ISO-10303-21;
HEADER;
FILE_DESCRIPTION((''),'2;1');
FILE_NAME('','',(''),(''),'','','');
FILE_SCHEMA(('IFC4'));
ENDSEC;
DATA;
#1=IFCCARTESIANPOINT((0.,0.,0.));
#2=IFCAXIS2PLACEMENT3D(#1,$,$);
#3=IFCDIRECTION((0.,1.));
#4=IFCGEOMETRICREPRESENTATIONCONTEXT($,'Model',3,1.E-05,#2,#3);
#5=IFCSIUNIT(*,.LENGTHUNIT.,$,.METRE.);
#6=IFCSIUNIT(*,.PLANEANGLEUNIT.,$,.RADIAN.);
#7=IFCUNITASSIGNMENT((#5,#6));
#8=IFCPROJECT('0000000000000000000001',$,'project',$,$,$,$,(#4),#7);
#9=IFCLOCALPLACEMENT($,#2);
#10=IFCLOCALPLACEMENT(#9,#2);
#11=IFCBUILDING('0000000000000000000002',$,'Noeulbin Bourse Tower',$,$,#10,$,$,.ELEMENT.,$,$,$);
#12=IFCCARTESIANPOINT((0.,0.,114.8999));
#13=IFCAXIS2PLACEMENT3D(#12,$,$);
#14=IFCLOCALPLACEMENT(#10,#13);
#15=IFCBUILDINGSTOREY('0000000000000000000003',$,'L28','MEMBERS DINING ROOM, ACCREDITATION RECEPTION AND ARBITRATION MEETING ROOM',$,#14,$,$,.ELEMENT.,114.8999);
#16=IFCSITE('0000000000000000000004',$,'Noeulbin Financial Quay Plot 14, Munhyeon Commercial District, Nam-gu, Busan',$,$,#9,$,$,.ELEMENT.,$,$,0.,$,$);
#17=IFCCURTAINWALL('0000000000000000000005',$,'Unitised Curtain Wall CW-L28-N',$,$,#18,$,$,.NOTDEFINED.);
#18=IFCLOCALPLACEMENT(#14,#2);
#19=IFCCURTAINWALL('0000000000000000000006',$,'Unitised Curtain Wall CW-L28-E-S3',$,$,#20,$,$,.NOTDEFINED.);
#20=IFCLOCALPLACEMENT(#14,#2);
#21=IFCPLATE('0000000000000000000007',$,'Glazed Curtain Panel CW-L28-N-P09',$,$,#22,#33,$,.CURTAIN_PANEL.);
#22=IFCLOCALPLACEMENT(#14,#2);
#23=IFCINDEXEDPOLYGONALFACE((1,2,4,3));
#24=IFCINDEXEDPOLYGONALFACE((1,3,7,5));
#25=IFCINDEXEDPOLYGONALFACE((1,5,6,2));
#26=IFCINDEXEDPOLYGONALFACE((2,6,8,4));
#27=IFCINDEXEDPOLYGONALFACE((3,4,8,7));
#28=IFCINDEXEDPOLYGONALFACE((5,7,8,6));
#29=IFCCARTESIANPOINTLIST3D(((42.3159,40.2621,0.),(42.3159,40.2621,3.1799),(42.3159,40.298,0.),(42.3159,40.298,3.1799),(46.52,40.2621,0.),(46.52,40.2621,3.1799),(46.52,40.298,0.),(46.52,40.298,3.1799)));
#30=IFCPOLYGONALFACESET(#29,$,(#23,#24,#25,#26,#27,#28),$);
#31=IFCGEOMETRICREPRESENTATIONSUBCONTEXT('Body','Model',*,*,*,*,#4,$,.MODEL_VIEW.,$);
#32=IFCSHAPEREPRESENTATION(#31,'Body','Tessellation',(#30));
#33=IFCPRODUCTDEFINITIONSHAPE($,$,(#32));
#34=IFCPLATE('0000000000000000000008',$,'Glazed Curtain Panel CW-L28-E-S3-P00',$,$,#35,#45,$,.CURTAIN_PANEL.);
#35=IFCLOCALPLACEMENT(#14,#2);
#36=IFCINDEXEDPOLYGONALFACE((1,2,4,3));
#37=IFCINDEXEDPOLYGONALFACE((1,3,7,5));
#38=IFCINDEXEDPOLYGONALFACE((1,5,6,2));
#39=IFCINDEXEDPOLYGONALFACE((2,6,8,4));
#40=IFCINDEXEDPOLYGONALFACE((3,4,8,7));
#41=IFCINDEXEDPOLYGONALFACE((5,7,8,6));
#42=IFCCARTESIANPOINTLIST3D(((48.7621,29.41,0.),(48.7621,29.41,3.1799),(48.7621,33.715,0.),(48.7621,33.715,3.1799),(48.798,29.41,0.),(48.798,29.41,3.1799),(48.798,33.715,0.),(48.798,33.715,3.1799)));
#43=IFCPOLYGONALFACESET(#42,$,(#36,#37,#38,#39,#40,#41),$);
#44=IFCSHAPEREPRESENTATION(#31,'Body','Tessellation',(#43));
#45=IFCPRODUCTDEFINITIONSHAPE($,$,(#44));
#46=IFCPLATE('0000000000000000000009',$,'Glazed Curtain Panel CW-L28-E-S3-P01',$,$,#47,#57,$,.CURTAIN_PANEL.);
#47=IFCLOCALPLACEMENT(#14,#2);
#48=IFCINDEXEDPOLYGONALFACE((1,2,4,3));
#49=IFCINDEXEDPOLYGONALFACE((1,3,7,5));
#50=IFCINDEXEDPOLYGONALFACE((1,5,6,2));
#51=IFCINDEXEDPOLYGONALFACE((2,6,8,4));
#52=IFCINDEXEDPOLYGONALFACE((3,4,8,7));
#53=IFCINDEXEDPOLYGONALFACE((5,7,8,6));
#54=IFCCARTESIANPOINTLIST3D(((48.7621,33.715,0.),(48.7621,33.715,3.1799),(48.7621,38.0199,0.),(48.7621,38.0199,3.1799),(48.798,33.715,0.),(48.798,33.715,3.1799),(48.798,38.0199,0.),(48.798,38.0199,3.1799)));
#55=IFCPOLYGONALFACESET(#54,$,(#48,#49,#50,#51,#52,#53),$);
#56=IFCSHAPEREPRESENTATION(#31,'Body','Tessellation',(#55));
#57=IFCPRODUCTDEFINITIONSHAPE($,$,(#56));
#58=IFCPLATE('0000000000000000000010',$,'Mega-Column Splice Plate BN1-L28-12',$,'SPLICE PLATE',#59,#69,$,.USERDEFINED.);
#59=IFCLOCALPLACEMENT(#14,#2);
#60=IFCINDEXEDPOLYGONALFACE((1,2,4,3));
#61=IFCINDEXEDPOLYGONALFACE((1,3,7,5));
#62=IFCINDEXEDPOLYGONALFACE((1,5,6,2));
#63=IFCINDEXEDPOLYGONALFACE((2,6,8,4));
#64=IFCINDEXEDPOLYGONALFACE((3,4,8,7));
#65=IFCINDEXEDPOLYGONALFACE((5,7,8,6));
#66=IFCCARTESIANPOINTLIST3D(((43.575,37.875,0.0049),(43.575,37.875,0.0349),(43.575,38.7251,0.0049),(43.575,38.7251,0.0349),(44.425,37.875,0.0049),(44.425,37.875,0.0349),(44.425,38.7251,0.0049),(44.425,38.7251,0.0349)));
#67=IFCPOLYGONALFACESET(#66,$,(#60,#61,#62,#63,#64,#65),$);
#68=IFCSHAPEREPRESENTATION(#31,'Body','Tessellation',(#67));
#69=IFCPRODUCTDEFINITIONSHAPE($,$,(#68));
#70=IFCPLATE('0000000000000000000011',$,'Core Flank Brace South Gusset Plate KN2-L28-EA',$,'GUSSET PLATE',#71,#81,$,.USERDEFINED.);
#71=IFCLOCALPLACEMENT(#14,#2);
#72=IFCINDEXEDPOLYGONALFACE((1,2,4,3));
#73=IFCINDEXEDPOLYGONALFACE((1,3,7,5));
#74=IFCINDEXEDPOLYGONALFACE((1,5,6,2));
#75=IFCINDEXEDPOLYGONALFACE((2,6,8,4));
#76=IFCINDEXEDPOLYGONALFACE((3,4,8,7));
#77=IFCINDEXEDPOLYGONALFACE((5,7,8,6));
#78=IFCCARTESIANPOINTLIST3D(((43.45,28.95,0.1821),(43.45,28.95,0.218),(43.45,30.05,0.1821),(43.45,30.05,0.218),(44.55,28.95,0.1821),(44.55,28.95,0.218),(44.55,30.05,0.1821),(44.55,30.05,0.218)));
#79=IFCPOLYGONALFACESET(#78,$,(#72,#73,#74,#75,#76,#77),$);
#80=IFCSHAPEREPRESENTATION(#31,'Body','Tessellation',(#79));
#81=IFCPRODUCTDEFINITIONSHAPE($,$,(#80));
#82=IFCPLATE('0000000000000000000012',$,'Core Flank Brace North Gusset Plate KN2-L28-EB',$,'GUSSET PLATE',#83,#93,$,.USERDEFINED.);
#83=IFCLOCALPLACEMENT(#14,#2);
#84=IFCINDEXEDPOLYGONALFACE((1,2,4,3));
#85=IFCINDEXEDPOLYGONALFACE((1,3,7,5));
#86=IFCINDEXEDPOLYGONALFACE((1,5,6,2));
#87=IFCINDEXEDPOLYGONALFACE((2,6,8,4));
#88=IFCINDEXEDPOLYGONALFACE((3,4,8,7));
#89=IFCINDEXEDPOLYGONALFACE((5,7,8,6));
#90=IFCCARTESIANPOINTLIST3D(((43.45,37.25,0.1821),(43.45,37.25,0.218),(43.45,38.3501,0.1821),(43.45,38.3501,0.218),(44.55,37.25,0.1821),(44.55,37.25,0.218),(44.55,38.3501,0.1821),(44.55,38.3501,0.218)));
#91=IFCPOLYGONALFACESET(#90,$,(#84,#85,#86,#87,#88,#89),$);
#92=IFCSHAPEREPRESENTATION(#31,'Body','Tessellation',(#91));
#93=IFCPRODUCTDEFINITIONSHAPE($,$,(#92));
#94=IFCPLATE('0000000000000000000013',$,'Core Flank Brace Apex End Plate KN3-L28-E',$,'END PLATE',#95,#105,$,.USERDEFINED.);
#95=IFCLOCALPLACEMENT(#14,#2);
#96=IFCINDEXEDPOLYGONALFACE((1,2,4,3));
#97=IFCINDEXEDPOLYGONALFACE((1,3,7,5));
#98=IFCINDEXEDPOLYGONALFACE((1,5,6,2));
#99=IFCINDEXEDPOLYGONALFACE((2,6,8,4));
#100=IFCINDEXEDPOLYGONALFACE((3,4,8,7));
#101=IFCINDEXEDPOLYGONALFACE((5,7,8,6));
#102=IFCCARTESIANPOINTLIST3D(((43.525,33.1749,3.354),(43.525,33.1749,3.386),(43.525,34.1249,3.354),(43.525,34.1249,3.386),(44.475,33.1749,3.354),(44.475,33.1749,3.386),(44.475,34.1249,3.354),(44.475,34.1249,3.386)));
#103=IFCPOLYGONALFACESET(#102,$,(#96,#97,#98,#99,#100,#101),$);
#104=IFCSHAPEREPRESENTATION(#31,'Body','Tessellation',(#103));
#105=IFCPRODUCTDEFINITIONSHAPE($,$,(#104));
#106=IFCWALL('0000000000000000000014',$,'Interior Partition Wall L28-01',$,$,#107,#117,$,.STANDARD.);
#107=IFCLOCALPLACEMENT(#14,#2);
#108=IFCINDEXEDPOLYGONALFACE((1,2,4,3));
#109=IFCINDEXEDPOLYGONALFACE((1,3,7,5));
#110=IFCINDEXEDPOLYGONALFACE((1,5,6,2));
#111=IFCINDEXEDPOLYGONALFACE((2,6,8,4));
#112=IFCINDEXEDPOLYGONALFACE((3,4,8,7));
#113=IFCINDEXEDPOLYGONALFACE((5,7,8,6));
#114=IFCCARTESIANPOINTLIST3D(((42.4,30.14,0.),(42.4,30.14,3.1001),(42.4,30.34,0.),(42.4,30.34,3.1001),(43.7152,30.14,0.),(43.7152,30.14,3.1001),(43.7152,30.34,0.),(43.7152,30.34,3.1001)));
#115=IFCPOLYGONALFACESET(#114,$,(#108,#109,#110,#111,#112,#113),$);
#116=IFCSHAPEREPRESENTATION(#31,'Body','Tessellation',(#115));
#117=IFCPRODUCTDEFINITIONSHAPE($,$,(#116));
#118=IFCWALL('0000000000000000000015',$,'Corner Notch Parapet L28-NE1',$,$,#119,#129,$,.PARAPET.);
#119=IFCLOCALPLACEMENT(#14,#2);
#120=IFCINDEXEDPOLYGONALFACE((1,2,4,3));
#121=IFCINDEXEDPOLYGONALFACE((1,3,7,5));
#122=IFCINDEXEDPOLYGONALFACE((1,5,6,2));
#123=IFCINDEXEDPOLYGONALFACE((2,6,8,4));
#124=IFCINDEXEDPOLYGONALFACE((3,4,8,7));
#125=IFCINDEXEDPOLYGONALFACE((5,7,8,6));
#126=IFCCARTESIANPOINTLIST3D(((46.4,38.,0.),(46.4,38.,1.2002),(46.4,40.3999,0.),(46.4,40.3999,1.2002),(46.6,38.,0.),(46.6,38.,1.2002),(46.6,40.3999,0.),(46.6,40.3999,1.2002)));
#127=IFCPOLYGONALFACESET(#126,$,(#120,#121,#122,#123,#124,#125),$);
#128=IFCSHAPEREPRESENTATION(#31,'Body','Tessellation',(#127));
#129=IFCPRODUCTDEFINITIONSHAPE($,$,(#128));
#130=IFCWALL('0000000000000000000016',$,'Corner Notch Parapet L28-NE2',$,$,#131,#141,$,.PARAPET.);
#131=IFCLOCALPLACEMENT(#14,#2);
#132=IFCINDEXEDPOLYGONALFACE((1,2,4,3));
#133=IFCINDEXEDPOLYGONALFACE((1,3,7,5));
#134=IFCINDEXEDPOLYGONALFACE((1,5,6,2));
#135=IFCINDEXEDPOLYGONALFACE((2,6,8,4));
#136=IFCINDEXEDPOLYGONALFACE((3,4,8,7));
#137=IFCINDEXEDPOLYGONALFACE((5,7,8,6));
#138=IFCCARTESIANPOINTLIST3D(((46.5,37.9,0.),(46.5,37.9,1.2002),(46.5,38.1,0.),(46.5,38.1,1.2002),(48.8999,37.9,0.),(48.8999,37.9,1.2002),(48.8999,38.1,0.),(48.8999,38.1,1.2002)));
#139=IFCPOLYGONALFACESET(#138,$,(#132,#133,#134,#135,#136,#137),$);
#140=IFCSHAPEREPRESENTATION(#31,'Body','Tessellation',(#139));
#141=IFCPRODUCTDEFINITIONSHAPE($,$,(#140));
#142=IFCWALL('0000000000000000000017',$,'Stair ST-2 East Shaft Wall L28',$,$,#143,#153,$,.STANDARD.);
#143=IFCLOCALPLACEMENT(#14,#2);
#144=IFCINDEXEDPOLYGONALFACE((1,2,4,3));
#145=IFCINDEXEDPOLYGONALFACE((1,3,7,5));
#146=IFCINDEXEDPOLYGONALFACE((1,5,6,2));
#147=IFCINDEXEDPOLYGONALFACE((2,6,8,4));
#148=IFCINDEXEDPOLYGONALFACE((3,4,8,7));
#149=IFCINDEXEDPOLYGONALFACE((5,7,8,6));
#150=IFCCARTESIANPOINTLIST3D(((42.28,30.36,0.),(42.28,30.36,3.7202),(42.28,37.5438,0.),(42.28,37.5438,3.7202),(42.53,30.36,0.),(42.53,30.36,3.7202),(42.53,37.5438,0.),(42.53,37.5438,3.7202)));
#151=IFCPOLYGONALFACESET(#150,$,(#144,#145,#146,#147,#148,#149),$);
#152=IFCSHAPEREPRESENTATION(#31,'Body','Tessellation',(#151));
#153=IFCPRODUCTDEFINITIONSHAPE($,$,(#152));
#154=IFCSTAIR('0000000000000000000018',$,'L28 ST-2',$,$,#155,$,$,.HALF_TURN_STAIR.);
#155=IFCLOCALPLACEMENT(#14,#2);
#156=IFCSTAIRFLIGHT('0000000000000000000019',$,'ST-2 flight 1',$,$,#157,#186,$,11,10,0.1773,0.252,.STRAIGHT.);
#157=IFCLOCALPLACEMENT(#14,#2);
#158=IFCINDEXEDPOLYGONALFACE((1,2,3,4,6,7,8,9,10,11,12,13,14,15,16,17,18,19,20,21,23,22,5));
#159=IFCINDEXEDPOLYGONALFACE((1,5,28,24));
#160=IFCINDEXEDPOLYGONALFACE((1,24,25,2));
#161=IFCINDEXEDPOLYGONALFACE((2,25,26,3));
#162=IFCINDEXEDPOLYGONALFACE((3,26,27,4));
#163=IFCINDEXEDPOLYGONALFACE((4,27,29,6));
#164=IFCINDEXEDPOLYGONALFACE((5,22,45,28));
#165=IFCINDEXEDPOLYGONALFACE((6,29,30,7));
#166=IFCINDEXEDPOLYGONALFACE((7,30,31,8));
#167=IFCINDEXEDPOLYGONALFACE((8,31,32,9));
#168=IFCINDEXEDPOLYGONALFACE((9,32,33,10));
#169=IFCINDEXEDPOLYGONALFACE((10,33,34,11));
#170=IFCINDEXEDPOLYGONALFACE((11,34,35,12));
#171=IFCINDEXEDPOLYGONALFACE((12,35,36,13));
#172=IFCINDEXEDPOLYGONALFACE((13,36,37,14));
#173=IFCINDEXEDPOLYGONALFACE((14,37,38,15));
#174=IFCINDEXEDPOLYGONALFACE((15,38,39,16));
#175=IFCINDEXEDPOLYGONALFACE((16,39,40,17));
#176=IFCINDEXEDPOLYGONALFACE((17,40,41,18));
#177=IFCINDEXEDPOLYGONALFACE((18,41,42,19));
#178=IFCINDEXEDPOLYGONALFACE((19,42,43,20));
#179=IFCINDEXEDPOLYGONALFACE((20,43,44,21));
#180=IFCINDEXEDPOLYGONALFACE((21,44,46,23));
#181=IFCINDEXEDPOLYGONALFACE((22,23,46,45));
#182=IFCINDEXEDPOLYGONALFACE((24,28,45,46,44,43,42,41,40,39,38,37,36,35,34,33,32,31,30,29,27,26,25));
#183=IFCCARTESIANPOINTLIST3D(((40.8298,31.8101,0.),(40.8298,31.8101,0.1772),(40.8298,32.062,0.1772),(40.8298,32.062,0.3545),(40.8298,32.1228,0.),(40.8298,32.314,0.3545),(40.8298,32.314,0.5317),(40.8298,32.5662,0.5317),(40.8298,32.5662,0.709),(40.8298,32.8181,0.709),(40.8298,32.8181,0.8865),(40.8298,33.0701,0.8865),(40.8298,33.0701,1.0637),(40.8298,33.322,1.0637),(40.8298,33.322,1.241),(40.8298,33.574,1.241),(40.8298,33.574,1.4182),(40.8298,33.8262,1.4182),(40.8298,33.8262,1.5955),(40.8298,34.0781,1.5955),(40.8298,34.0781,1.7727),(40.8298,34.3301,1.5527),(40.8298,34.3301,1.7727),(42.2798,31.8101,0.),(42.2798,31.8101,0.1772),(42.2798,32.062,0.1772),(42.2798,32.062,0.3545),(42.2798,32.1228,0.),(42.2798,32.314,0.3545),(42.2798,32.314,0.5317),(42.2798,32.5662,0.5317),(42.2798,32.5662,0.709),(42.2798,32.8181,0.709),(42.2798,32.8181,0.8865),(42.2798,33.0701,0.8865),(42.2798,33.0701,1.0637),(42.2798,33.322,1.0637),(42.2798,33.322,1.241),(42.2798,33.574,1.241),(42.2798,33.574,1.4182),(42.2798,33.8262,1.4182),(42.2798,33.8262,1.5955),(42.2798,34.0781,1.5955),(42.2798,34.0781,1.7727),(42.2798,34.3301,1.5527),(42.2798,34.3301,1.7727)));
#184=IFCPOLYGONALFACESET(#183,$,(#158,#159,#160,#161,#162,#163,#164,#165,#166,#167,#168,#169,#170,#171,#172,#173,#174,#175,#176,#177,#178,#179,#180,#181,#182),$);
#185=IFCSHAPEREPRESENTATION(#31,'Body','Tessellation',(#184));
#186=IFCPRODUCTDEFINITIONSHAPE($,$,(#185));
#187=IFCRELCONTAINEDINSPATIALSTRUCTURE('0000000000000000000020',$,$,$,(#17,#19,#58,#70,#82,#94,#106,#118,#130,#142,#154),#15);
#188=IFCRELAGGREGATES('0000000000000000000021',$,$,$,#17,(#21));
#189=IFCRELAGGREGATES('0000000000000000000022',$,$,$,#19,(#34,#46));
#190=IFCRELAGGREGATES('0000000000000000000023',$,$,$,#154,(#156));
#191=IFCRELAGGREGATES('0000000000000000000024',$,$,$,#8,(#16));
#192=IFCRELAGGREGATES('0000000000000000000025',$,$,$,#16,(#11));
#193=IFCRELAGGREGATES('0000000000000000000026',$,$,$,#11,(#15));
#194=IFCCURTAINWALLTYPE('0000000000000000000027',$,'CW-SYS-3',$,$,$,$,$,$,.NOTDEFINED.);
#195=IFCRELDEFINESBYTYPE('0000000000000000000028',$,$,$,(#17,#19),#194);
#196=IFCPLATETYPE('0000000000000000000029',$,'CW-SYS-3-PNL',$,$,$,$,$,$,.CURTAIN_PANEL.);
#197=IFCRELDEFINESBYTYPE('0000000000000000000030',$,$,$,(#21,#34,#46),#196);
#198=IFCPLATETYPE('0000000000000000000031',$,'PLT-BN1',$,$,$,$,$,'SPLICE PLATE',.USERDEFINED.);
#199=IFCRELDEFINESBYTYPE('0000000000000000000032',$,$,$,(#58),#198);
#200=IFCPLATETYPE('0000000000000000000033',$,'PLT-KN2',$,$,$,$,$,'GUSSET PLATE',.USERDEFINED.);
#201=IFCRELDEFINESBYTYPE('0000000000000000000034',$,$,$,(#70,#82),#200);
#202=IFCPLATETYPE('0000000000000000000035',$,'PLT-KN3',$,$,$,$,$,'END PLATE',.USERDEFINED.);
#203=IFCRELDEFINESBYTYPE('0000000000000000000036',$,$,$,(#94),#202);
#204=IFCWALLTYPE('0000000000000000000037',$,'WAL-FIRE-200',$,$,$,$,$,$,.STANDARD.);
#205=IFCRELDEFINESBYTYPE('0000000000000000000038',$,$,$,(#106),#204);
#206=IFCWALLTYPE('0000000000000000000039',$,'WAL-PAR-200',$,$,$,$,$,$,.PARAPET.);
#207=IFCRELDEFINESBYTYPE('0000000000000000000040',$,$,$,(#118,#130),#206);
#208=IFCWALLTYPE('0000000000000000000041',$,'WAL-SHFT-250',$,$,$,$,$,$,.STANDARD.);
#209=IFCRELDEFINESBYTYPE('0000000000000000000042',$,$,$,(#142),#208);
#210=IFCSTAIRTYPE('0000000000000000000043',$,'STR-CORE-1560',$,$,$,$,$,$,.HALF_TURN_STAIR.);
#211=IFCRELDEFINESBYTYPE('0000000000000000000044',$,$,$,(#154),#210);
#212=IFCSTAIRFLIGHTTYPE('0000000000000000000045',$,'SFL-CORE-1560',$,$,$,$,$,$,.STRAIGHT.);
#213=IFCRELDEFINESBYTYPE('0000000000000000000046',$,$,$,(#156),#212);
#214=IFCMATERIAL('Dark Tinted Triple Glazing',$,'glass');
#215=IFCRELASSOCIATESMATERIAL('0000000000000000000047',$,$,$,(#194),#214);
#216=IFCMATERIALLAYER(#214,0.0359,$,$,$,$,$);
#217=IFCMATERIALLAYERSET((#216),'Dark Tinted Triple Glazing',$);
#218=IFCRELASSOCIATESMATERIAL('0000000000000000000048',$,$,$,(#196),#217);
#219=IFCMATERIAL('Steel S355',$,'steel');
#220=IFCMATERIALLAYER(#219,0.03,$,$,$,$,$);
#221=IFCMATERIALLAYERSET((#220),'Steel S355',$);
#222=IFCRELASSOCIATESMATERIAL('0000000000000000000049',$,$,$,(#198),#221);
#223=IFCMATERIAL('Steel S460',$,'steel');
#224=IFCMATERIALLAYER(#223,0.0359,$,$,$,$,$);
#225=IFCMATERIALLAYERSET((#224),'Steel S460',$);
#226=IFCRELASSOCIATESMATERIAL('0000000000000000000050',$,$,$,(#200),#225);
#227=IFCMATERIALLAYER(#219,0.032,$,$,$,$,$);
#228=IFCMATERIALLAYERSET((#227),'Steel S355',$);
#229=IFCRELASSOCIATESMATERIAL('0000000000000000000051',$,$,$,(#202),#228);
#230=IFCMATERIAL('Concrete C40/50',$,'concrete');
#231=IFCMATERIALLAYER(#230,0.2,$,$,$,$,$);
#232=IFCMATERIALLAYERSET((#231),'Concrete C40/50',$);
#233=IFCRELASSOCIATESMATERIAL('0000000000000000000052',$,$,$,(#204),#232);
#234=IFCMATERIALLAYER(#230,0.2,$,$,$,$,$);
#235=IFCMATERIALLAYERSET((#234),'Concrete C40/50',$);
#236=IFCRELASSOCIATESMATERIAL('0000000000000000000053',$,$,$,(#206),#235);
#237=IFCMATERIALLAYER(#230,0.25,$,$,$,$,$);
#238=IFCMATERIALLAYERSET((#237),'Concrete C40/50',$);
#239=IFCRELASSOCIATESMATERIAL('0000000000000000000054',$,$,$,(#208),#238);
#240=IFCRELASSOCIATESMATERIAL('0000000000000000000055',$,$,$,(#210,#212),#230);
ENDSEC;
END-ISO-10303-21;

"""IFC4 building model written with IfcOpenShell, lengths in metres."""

from ifc_helpers import new_model, si_unit, direction, frame, frame_2d, origin, origin_2d, place, context, subcontext, project, spatial, polyline, rectangle, outline, extrude, material, layer, layer_set, type_object, element, aggregate, save


model = new_model("IFC4")

# Units and contexts
model_context = context("Model", 3, precision=1e-05, world=origin(), true_north=direction((0.0, 1.0)))
body_context = subcontext(model_context, "Body", "Model", "MODEL_VIEW")
ifc_project = project(units=[si_unit("LENGTHUNIT", "METRE"), si_unit("PLANEANGLEUNIT", "RADIAN")], contexts=[model_context])

# Site, building, storey
site_placement = place(None, origin())
site = spatial("IfcSite", under=ifc_project, at=site_placement, Name="Noeulbin Financial Quay Plot 14, Munhyeon Commercial District, Nam-gu, Busan", CompositionType="ELEMENT", RefElevation=0.0)
building_placement = place(site_placement, origin())
building = spatial("IfcBuilding", under=site, at=building_placement, Name="Noeulbin Bourse Tower", CompositionType="ELEMENT")
storey_placement = place(building_placement, frame((0.0, 0.0, 114.8999)))
storey = spatial("IfcBuildingStorey", under=building, at=storey_placement, Name="L28", Description="MEMBERS DINING ROOM, ACCREDITATION RECEPTION AND ARBITRATION MEETING ROOM", CompositionType="ELEMENT", Elevation=114.8999)

# Shared definitions
ifc_material_1 = material(Name="Steel S460", Category="steel")

# Curtain walls
ifc_material_2 = material(Name="Dark Tinted Triple Glazing", Category="glass")
curtain_wall_type = type_object("IfcCurtainWallType", Name="CW-SYS-3", PredefinedType="NOTDEFINED", material=ifc_material_2)
curtain_wall_1_placement = place(storey_placement, origin())
curtain_wall_1 = element("IfcCurtainWall", 1, at=curtain_wall_1_placement, inside=storey, type_object=curtain_wall_type, Name="Unitised Curtain Wall CW-L28-N", PredefinedType="NOTDEFINED")
curtain_wall_2_placement = place(storey_placement, origin())
curtain_wall_2 = element("IfcCurtainWall", 2, at=curtain_wall_2_placement, inside=storey, type_object=curtain_wall_type, Name="Unitised Curtain Wall CW-L28-E-S3", PredefinedType="NOTDEFINED")

# Shared definitions
ifc_material_3 = material(Name="Steel S355", Category="steel")

# Plates
ifc_layer_1 = layer(ifc_material_2, 0.0359)
ifc_layer_set_1 = layer_set([ifc_layer_1], Name="Dark Tinted Triple Glazing")
plate_type_1 = type_object("IfcPlateType", Name="CW-SYS-3-PNL", PredefinedType="CURTAIN_PANEL", material=ifc_layer_set_1)
plate_1_placement = place(storey_placement, frame((44.418, 40.28, 0.0), z_axis=(0.0, 0.0, 1.0), x_axis=(1.0, 0.0, 0.0)))
plate_1 = element("IfcPlate", 3, at=plate_1_placement, type_object=plate_type_1, Name="Glazed Curtain Panel CW-L28-N-P09", PredefinedType="CURTAIN_PANEL", context=body_context, shape_type="SweptSolid", body=[
    extrude(rectangle(XDim=4.2041, YDim=0.0359, at=origin_2d()), origin(), (0.0, 0.0, 1.0), 3.1799),
])
aggregate(curtain_wall_1, [plate_1])
plate_2_placement = place(storey_placement, frame((48.78, 31.5625, 0.0), z_axis=(0.0, 0.0, 1.0), x_axis=(0.0, 1.0, 0.0)))
plate_2 = element("IfcPlate", 4, at=plate_2_placement, type_object=plate_type_1, Name="Glazed Curtain Panel CW-L28-E-S3-P00", PredefinedType="CURTAIN_PANEL", context=body_context, shape_type="SweptSolid", body=[
    extrude(rectangle(XDim=4.3049, YDim=0.0359, at=origin_2d()), origin(), (0.0, 0.0, 1.0), 3.1799),
])
plate_3_placement = place(storey_placement, frame((48.78, 35.8674, 0.0), z_axis=(0.0, 0.0, 1.0), x_axis=(0.0, 1.0, 0.0)))
plate_3 = element("IfcPlate", 5, at=plate_3_placement, type_object=plate_type_1, Name="Glazed Curtain Panel CW-L28-E-S3-P01", PredefinedType="CURTAIN_PANEL", context=body_context, shape_type="SweptSolid", body=[
    extrude(rectangle(XDim=4.3049, YDim=0.0359, at=origin_2d()), origin(), (0.0, 0.0, 1.0), 3.1799),
])
aggregate(curtain_wall_2, [plate_2, plate_3])

# Plates
ifc_layer_2 = layer(ifc_material_3, 0.03)
ifc_layer_set_2 = layer_set([ifc_layer_2], Name="Steel S355")
plate_type_2 = type_object("IfcPlateType", Name="PLT-BN1", ElementType="SPLICE PLATE", PredefinedType="USERDEFINED", material=ifc_layer_set_2)
plate_4_placement = place(storey_placement, frame((44.0, 38.3, 0.0049), z_axis=(0.0, 0.0, 1.0), x_axis=(1.0, 0.0, 0.0)))
element("IfcPlate", 6, at=plate_4_placement, inside=storey, type_object=plate_type_2, Name="Mega-Column Splice Plate BN1-L28-12", ObjectType="SPLICE PLATE", PredefinedType="USERDEFINED", context=body_context, shape_type="SweptSolid", body=[
    extrude(rectangle(XDim=0.8501, YDim=0.8501, at=origin_2d()), origin(), (0.0, 0.0, 1.0), 0.03),
])
ifc_layer_3 = layer(ifc_material_1, 0.0359)
ifc_layer_set_3 = layer_set([ifc_layer_3], Name="Steel S460")
plate_type_3 = type_object("IfcPlateType", Name="PLT-KN2", ElementType="GUSSET PLATE", PredefinedType="USERDEFINED", material=ifc_layer_set_3)
for number, where, z_axis, x_axis, name in (
    (7, (44.0, 29.5, 0.1821), (0.0, 0.0, 1.0), (1.0, 0.0, 0.0), "Core Flank Brace South Gusset Plate KN2-L28-EA"),
    (8, (44.0, 37.8, 0.1821), (0.0, 0.0, 1.0), (1.0, 0.0, 0.0), "Core Flank Brace North Gusset Plate KN2-L28-EB"),
):
    element("IfcPlate", number, at=place(storey_placement, frame(where, z_axis=z_axis, x_axis=x_axis)), inside=storey, type_object=plate_type_3, Name=name, ObjectType="GUSSET PLATE", PredefinedType="USERDEFINED", context=body_context, shape_type="SweptSolid", body=[
        extrude(rectangle(XDim=1.1001, YDim=1.1001, at=origin_2d()), origin(), (0.0, 0.0, 1.0), 0.0359),
    ])
ifc_layer_4 = layer(ifc_material_3, 0.032)
ifc_layer_set_4 = layer_set([ifc_layer_4], Name="Steel S355")
plate_type_4 = type_object("IfcPlateType", Name="PLT-KN3", ElementType="END PLATE", PredefinedType="USERDEFINED", material=ifc_layer_set_4)
plate_5_placement = place(storey_placement, frame((44.0, 33.6499, 3.354), z_axis=(0.0, 0.0, 1.0), x_axis=(1.0, 0.0, 0.0)))
element("IfcPlate", 9, at=plate_5_placement, inside=storey, type_object=plate_type_4, Name="Core Flank Brace Apex End Plate KN3-L28-E", ObjectType="END PLATE", PredefinedType="USERDEFINED", context=body_context, shape_type="SweptSolid", body=[
    extrude(rectangle(XDim=0.95, YDim=0.95, at=origin_2d()), origin(), (0.0, 0.0, 1.0), 0.032),
])

# Walls
ifc_material_4 = material(Name="Concrete C40/50", Category="concrete")
ifc_layer_5 = layer(ifc_material_4, 0.2)
ifc_layer_set_5 = layer_set([ifc_layer_5], Name="Concrete C40/50")
wall_type_1 = type_object("IfcWallType", Name="WAL-FIRE-200", PredefinedType="STANDARD", material=ifc_layer_set_5)
wall_1_placement = place(storey_placement, frame((42.3999, 30.24, 0.0), z_axis=(0.0, 0.0, 1.0), x_axis=(1.0, 0.0, 0.0)))
element("IfcWall", 10, at=wall_1_placement, inside=storey, type_object=wall_type_1, Name="Interior Partition Wall L28-01", PredefinedType="STANDARD", context=body_context, shape_type="SweptSolid", body=[
    extrude(rectangle(XDim=1.3152, YDim=0.2, at=frame_2d((0.6577, 0.0))), origin(), (0.0, 0.0, 1.0), 3.1001),
])
ifc_layer_6 = layer(ifc_material_4, 0.2)
ifc_layer_set_6 = layer_set([ifc_layer_6], Name="Concrete C40/50")
wall_type_2 = type_object("IfcWallType", Name="WAL-PAR-200", PredefinedType="PARAPET", material=ifc_layer_set_6)
for number, where, z_axis, x_axis, name in (
    (11, (46.5, 40.3999, 0.0), (0.0, 0.0, 1.0), (0.0, -1.0, 0.0), "Corner Notch Parapet L28-NE1"),
    (12, (46.5, 38.0, 0.0), (0.0, 0.0, 1.0), (1.0, 0.0, 0.0), "Corner Notch Parapet L28-NE2"),
):
    element("IfcWall", number, at=place(storey_placement, frame(where, z_axis=z_axis, x_axis=x_axis)), inside=storey, type_object=wall_type_2, Name=name, PredefinedType="PARAPET", context=body_context, shape_type="SweptSolid", body=[
        extrude(rectangle(XDim=2.3999, YDim=0.2, at=frame_2d((1.2, 0.0))), origin(), (0.0, 0.0, 1.0), 1.2002),
    ])
ifc_layer_7 = layer(ifc_material_4, 0.25)
ifc_layer_set_7 = layer_set([ifc_layer_7], Name="Concrete C40/50")
wall_type_3 = type_object("IfcWallType", Name="WAL-SHFT-250", PredefinedType="STANDARD", material=ifc_layer_set_7)
wall_2_placement = place(storey_placement, frame((42.405, 30.3601, 0.0), z_axis=(0.0, 0.0, 1.0), x_axis=(0.0, 1.0, 0.0)))
element("IfcWall", 13, at=wall_2_placement, inside=storey, type_object=wall_type_3, Name="Stair ST-2 East Shaft Wall L28", PredefinedType="STANDARD", context=body_context, shape_type="SweptSolid", body=[
    extrude(rectangle(XDim=7.1838, YDim=0.25, at=frame_2d((3.5918, 0.0))), origin(), (0.0, 0.0, 1.0), 3.7202),
])

# Stair, stair flight
stair_type = type_object("IfcStairType", Name="STR-CORE-1560", PredefinedType="HALF_TURN_STAIR", material=ifc_material_4)
stair_placement = place(storey_placement, origin())
stair = element("IfcStair", 14, at=stair_placement, inside=storey, type_object=stair_type, Name="L28 ST-2", PredefinedType="HALF_TURN_STAIR")
stair_flight_type = type_object("IfcStairFlightType", Name="SFL-CORE-1560", PredefinedType="STRAIGHT", material=ifc_material_4)
stair_flight_placement = place(storey_placement, frame((41.5549, 31.8101, 0.0), z_axis=(0.0, 0.0, 1.0), x_axis=(0.0, 1.0, 0.0)))
stair_flight = element("IfcStairFlight", 15, at=stair_flight_placement, type_object=stair_flight_type, Name="ST-2 flight 1", NumberOfRisers=11, NumberOfTreads=10, PredefinedType="STRAIGHT", RiserHeight=0.1773, TreadLength=0.252, context=body_context, shape_type="SweptSolid", body=[
    extrude(outline(polyline([(0.0, 0.0), (0.0, 0.1772), (0.252, 0.1772), (0.252, 0.3545), (0.5039, 0.3545), (0.5039, 0.5317), (0.7561, 0.5317), (0.7561, 0.709), (1.0081, 0.709), (1.0081, 0.8865), (1.26, 0.8865), (1.26, 1.0637), (1.512, 1.0637), (1.512, 1.241), (1.7639, 1.241), (1.7639, 1.4182), (2.0161, 1.4182), (2.0161, 1.5955), (2.2681, 1.5955), (2.2681, 1.7727), (2.52, 1.7727), (2.52, 1.95), (2.52, 1.5527), (0.3127, 0.0), (0.0, 0.0)])), frame((0.0, 0.7251, 0.0), z_axis=(0.0, -1.0, 0.0), x_axis=(1.0, 0.0, 0.0)), (0.0, 0.0, 1.0), 1.45),
])
aggregate(stair, [stair_flight])

save(model, "model.ifc")
